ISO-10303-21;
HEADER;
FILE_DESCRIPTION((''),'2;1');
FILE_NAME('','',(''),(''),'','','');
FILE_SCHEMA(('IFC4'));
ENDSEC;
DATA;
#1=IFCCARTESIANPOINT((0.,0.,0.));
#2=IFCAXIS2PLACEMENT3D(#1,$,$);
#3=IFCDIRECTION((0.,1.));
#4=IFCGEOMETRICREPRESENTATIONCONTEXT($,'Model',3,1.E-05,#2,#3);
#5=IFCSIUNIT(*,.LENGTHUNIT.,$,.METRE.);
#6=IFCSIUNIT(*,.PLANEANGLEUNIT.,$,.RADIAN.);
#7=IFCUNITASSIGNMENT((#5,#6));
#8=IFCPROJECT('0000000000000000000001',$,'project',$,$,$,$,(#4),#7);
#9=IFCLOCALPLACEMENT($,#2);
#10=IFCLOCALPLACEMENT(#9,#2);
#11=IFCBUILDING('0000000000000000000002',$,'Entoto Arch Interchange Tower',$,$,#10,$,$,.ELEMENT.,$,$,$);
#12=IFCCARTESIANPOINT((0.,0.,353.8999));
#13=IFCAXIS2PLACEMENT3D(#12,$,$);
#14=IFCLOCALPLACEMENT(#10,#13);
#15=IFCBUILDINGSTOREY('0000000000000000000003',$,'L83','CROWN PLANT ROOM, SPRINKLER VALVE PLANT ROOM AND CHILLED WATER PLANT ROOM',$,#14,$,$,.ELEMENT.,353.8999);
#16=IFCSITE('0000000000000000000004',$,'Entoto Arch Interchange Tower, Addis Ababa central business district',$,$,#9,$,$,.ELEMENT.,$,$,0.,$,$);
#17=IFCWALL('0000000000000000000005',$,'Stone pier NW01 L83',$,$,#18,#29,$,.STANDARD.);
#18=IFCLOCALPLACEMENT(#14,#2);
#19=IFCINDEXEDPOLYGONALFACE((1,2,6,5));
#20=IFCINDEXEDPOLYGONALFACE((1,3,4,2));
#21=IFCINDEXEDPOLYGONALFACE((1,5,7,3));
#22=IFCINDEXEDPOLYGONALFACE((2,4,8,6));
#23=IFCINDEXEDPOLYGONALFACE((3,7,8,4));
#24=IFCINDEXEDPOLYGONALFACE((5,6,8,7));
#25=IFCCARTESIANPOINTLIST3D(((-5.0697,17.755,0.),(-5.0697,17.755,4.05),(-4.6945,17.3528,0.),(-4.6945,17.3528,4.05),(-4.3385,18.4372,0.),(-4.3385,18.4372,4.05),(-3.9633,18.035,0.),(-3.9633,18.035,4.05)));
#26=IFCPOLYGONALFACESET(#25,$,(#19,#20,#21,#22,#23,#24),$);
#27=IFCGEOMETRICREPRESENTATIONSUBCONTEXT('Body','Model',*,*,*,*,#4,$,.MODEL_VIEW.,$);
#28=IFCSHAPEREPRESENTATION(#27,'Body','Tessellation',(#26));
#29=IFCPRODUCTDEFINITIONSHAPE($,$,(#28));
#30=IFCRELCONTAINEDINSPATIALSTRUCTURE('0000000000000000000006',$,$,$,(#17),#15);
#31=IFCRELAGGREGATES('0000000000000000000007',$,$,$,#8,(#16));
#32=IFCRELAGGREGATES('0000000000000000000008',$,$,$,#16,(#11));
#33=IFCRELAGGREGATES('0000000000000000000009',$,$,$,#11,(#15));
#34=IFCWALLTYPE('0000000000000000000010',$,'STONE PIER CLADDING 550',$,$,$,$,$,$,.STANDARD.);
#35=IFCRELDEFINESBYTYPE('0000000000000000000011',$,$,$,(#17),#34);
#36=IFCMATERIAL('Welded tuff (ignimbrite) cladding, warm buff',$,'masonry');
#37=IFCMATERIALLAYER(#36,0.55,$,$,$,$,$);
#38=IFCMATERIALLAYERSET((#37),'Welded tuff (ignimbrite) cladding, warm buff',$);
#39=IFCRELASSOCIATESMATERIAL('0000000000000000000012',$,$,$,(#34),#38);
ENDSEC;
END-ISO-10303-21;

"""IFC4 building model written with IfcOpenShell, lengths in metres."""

from ifc_helpers import new_model, si_unit, direction, frame, frame_2d, origin, place, context, subcontext, project, spatial, rectangle, extrude, material, layer, layer_set, type_object, element, save


model = new_model("IFC4")

# Units and contexts
model_context = context("Model", 3, precision=1e-05, world=origin(), true_north=direction((0.0, 1.0)))
body_context = subcontext(model_context, "Body", "Model", "MODEL_VIEW")
ifc_project = project(units=[si_unit("LENGTHUNIT", "METRE"), si_unit("PLANEANGLEUNIT", "RADIAN")], contexts=[model_context])

# Site, building, storey
site_placement = place(None, origin())
site = spatial("IfcSite", under=ifc_project, at=site_placement, Name="Entoto Arch Interchange Tower, Addis Ababa central business district", CompositionType="ELEMENT", RefElevation=0.0)
building_placement = place(site_placement, origin())
building = spatial("IfcBuilding", under=site, at=building_placement, Name="Entoto Arch Interchange Tower", CompositionType="ELEMENT")
storey_placement = place(building_placement, frame((0.0, 0.0, 353.8999)))
storey = spatial("IfcBuildingStorey", under=building, at=storey_placement, Name="L83", Description="CROWN PLANT ROOM, SPRINKLER VALVE PLANT ROOM AND CHILLED WATER PLANT ROOM", CompositionType="ELEMENT", Elevation=353.8999)

# Wall
ifc_material_1 = material(Name="Welded tuff (ignimbrite) cladding, warm buff", Category="masonry")
ifc_layer_1 = layer(ifc_material_1, 0.55)
ifc_layer_set_1 = layer_set([ifc_layer_1], Name="Welded tuff (ignimbrite) cladding, warm buff")
wall_type_1 = type_object("IfcWallType", Name="STONE PIER CLADDING 550", PredefinedType="STANDARD", material=ifc_layer_set_1)
wall_1_placement = place(storey_placement, frame((-4.1509, 18.2361, 0.0), z_axis=(0.0, 0.0, 1.0), x_axis=(-0.731218, -0.682144, 0.0)))
element("IfcWall", 1, at=wall_1_placement, inside=storey, type_object=wall_type_1, Name="Stone pier NW01 L83", PredefinedType="STANDARD", context=body_context, shape_type="SweptSolid", body=[
    extrude(rectangle(XDim=1.0, YDim=0.55, at=frame_2d((0.5, 0.0))), origin(), (0.0, 0.0, 1.0), 4.05),
])

save(model, "model.ifc")
